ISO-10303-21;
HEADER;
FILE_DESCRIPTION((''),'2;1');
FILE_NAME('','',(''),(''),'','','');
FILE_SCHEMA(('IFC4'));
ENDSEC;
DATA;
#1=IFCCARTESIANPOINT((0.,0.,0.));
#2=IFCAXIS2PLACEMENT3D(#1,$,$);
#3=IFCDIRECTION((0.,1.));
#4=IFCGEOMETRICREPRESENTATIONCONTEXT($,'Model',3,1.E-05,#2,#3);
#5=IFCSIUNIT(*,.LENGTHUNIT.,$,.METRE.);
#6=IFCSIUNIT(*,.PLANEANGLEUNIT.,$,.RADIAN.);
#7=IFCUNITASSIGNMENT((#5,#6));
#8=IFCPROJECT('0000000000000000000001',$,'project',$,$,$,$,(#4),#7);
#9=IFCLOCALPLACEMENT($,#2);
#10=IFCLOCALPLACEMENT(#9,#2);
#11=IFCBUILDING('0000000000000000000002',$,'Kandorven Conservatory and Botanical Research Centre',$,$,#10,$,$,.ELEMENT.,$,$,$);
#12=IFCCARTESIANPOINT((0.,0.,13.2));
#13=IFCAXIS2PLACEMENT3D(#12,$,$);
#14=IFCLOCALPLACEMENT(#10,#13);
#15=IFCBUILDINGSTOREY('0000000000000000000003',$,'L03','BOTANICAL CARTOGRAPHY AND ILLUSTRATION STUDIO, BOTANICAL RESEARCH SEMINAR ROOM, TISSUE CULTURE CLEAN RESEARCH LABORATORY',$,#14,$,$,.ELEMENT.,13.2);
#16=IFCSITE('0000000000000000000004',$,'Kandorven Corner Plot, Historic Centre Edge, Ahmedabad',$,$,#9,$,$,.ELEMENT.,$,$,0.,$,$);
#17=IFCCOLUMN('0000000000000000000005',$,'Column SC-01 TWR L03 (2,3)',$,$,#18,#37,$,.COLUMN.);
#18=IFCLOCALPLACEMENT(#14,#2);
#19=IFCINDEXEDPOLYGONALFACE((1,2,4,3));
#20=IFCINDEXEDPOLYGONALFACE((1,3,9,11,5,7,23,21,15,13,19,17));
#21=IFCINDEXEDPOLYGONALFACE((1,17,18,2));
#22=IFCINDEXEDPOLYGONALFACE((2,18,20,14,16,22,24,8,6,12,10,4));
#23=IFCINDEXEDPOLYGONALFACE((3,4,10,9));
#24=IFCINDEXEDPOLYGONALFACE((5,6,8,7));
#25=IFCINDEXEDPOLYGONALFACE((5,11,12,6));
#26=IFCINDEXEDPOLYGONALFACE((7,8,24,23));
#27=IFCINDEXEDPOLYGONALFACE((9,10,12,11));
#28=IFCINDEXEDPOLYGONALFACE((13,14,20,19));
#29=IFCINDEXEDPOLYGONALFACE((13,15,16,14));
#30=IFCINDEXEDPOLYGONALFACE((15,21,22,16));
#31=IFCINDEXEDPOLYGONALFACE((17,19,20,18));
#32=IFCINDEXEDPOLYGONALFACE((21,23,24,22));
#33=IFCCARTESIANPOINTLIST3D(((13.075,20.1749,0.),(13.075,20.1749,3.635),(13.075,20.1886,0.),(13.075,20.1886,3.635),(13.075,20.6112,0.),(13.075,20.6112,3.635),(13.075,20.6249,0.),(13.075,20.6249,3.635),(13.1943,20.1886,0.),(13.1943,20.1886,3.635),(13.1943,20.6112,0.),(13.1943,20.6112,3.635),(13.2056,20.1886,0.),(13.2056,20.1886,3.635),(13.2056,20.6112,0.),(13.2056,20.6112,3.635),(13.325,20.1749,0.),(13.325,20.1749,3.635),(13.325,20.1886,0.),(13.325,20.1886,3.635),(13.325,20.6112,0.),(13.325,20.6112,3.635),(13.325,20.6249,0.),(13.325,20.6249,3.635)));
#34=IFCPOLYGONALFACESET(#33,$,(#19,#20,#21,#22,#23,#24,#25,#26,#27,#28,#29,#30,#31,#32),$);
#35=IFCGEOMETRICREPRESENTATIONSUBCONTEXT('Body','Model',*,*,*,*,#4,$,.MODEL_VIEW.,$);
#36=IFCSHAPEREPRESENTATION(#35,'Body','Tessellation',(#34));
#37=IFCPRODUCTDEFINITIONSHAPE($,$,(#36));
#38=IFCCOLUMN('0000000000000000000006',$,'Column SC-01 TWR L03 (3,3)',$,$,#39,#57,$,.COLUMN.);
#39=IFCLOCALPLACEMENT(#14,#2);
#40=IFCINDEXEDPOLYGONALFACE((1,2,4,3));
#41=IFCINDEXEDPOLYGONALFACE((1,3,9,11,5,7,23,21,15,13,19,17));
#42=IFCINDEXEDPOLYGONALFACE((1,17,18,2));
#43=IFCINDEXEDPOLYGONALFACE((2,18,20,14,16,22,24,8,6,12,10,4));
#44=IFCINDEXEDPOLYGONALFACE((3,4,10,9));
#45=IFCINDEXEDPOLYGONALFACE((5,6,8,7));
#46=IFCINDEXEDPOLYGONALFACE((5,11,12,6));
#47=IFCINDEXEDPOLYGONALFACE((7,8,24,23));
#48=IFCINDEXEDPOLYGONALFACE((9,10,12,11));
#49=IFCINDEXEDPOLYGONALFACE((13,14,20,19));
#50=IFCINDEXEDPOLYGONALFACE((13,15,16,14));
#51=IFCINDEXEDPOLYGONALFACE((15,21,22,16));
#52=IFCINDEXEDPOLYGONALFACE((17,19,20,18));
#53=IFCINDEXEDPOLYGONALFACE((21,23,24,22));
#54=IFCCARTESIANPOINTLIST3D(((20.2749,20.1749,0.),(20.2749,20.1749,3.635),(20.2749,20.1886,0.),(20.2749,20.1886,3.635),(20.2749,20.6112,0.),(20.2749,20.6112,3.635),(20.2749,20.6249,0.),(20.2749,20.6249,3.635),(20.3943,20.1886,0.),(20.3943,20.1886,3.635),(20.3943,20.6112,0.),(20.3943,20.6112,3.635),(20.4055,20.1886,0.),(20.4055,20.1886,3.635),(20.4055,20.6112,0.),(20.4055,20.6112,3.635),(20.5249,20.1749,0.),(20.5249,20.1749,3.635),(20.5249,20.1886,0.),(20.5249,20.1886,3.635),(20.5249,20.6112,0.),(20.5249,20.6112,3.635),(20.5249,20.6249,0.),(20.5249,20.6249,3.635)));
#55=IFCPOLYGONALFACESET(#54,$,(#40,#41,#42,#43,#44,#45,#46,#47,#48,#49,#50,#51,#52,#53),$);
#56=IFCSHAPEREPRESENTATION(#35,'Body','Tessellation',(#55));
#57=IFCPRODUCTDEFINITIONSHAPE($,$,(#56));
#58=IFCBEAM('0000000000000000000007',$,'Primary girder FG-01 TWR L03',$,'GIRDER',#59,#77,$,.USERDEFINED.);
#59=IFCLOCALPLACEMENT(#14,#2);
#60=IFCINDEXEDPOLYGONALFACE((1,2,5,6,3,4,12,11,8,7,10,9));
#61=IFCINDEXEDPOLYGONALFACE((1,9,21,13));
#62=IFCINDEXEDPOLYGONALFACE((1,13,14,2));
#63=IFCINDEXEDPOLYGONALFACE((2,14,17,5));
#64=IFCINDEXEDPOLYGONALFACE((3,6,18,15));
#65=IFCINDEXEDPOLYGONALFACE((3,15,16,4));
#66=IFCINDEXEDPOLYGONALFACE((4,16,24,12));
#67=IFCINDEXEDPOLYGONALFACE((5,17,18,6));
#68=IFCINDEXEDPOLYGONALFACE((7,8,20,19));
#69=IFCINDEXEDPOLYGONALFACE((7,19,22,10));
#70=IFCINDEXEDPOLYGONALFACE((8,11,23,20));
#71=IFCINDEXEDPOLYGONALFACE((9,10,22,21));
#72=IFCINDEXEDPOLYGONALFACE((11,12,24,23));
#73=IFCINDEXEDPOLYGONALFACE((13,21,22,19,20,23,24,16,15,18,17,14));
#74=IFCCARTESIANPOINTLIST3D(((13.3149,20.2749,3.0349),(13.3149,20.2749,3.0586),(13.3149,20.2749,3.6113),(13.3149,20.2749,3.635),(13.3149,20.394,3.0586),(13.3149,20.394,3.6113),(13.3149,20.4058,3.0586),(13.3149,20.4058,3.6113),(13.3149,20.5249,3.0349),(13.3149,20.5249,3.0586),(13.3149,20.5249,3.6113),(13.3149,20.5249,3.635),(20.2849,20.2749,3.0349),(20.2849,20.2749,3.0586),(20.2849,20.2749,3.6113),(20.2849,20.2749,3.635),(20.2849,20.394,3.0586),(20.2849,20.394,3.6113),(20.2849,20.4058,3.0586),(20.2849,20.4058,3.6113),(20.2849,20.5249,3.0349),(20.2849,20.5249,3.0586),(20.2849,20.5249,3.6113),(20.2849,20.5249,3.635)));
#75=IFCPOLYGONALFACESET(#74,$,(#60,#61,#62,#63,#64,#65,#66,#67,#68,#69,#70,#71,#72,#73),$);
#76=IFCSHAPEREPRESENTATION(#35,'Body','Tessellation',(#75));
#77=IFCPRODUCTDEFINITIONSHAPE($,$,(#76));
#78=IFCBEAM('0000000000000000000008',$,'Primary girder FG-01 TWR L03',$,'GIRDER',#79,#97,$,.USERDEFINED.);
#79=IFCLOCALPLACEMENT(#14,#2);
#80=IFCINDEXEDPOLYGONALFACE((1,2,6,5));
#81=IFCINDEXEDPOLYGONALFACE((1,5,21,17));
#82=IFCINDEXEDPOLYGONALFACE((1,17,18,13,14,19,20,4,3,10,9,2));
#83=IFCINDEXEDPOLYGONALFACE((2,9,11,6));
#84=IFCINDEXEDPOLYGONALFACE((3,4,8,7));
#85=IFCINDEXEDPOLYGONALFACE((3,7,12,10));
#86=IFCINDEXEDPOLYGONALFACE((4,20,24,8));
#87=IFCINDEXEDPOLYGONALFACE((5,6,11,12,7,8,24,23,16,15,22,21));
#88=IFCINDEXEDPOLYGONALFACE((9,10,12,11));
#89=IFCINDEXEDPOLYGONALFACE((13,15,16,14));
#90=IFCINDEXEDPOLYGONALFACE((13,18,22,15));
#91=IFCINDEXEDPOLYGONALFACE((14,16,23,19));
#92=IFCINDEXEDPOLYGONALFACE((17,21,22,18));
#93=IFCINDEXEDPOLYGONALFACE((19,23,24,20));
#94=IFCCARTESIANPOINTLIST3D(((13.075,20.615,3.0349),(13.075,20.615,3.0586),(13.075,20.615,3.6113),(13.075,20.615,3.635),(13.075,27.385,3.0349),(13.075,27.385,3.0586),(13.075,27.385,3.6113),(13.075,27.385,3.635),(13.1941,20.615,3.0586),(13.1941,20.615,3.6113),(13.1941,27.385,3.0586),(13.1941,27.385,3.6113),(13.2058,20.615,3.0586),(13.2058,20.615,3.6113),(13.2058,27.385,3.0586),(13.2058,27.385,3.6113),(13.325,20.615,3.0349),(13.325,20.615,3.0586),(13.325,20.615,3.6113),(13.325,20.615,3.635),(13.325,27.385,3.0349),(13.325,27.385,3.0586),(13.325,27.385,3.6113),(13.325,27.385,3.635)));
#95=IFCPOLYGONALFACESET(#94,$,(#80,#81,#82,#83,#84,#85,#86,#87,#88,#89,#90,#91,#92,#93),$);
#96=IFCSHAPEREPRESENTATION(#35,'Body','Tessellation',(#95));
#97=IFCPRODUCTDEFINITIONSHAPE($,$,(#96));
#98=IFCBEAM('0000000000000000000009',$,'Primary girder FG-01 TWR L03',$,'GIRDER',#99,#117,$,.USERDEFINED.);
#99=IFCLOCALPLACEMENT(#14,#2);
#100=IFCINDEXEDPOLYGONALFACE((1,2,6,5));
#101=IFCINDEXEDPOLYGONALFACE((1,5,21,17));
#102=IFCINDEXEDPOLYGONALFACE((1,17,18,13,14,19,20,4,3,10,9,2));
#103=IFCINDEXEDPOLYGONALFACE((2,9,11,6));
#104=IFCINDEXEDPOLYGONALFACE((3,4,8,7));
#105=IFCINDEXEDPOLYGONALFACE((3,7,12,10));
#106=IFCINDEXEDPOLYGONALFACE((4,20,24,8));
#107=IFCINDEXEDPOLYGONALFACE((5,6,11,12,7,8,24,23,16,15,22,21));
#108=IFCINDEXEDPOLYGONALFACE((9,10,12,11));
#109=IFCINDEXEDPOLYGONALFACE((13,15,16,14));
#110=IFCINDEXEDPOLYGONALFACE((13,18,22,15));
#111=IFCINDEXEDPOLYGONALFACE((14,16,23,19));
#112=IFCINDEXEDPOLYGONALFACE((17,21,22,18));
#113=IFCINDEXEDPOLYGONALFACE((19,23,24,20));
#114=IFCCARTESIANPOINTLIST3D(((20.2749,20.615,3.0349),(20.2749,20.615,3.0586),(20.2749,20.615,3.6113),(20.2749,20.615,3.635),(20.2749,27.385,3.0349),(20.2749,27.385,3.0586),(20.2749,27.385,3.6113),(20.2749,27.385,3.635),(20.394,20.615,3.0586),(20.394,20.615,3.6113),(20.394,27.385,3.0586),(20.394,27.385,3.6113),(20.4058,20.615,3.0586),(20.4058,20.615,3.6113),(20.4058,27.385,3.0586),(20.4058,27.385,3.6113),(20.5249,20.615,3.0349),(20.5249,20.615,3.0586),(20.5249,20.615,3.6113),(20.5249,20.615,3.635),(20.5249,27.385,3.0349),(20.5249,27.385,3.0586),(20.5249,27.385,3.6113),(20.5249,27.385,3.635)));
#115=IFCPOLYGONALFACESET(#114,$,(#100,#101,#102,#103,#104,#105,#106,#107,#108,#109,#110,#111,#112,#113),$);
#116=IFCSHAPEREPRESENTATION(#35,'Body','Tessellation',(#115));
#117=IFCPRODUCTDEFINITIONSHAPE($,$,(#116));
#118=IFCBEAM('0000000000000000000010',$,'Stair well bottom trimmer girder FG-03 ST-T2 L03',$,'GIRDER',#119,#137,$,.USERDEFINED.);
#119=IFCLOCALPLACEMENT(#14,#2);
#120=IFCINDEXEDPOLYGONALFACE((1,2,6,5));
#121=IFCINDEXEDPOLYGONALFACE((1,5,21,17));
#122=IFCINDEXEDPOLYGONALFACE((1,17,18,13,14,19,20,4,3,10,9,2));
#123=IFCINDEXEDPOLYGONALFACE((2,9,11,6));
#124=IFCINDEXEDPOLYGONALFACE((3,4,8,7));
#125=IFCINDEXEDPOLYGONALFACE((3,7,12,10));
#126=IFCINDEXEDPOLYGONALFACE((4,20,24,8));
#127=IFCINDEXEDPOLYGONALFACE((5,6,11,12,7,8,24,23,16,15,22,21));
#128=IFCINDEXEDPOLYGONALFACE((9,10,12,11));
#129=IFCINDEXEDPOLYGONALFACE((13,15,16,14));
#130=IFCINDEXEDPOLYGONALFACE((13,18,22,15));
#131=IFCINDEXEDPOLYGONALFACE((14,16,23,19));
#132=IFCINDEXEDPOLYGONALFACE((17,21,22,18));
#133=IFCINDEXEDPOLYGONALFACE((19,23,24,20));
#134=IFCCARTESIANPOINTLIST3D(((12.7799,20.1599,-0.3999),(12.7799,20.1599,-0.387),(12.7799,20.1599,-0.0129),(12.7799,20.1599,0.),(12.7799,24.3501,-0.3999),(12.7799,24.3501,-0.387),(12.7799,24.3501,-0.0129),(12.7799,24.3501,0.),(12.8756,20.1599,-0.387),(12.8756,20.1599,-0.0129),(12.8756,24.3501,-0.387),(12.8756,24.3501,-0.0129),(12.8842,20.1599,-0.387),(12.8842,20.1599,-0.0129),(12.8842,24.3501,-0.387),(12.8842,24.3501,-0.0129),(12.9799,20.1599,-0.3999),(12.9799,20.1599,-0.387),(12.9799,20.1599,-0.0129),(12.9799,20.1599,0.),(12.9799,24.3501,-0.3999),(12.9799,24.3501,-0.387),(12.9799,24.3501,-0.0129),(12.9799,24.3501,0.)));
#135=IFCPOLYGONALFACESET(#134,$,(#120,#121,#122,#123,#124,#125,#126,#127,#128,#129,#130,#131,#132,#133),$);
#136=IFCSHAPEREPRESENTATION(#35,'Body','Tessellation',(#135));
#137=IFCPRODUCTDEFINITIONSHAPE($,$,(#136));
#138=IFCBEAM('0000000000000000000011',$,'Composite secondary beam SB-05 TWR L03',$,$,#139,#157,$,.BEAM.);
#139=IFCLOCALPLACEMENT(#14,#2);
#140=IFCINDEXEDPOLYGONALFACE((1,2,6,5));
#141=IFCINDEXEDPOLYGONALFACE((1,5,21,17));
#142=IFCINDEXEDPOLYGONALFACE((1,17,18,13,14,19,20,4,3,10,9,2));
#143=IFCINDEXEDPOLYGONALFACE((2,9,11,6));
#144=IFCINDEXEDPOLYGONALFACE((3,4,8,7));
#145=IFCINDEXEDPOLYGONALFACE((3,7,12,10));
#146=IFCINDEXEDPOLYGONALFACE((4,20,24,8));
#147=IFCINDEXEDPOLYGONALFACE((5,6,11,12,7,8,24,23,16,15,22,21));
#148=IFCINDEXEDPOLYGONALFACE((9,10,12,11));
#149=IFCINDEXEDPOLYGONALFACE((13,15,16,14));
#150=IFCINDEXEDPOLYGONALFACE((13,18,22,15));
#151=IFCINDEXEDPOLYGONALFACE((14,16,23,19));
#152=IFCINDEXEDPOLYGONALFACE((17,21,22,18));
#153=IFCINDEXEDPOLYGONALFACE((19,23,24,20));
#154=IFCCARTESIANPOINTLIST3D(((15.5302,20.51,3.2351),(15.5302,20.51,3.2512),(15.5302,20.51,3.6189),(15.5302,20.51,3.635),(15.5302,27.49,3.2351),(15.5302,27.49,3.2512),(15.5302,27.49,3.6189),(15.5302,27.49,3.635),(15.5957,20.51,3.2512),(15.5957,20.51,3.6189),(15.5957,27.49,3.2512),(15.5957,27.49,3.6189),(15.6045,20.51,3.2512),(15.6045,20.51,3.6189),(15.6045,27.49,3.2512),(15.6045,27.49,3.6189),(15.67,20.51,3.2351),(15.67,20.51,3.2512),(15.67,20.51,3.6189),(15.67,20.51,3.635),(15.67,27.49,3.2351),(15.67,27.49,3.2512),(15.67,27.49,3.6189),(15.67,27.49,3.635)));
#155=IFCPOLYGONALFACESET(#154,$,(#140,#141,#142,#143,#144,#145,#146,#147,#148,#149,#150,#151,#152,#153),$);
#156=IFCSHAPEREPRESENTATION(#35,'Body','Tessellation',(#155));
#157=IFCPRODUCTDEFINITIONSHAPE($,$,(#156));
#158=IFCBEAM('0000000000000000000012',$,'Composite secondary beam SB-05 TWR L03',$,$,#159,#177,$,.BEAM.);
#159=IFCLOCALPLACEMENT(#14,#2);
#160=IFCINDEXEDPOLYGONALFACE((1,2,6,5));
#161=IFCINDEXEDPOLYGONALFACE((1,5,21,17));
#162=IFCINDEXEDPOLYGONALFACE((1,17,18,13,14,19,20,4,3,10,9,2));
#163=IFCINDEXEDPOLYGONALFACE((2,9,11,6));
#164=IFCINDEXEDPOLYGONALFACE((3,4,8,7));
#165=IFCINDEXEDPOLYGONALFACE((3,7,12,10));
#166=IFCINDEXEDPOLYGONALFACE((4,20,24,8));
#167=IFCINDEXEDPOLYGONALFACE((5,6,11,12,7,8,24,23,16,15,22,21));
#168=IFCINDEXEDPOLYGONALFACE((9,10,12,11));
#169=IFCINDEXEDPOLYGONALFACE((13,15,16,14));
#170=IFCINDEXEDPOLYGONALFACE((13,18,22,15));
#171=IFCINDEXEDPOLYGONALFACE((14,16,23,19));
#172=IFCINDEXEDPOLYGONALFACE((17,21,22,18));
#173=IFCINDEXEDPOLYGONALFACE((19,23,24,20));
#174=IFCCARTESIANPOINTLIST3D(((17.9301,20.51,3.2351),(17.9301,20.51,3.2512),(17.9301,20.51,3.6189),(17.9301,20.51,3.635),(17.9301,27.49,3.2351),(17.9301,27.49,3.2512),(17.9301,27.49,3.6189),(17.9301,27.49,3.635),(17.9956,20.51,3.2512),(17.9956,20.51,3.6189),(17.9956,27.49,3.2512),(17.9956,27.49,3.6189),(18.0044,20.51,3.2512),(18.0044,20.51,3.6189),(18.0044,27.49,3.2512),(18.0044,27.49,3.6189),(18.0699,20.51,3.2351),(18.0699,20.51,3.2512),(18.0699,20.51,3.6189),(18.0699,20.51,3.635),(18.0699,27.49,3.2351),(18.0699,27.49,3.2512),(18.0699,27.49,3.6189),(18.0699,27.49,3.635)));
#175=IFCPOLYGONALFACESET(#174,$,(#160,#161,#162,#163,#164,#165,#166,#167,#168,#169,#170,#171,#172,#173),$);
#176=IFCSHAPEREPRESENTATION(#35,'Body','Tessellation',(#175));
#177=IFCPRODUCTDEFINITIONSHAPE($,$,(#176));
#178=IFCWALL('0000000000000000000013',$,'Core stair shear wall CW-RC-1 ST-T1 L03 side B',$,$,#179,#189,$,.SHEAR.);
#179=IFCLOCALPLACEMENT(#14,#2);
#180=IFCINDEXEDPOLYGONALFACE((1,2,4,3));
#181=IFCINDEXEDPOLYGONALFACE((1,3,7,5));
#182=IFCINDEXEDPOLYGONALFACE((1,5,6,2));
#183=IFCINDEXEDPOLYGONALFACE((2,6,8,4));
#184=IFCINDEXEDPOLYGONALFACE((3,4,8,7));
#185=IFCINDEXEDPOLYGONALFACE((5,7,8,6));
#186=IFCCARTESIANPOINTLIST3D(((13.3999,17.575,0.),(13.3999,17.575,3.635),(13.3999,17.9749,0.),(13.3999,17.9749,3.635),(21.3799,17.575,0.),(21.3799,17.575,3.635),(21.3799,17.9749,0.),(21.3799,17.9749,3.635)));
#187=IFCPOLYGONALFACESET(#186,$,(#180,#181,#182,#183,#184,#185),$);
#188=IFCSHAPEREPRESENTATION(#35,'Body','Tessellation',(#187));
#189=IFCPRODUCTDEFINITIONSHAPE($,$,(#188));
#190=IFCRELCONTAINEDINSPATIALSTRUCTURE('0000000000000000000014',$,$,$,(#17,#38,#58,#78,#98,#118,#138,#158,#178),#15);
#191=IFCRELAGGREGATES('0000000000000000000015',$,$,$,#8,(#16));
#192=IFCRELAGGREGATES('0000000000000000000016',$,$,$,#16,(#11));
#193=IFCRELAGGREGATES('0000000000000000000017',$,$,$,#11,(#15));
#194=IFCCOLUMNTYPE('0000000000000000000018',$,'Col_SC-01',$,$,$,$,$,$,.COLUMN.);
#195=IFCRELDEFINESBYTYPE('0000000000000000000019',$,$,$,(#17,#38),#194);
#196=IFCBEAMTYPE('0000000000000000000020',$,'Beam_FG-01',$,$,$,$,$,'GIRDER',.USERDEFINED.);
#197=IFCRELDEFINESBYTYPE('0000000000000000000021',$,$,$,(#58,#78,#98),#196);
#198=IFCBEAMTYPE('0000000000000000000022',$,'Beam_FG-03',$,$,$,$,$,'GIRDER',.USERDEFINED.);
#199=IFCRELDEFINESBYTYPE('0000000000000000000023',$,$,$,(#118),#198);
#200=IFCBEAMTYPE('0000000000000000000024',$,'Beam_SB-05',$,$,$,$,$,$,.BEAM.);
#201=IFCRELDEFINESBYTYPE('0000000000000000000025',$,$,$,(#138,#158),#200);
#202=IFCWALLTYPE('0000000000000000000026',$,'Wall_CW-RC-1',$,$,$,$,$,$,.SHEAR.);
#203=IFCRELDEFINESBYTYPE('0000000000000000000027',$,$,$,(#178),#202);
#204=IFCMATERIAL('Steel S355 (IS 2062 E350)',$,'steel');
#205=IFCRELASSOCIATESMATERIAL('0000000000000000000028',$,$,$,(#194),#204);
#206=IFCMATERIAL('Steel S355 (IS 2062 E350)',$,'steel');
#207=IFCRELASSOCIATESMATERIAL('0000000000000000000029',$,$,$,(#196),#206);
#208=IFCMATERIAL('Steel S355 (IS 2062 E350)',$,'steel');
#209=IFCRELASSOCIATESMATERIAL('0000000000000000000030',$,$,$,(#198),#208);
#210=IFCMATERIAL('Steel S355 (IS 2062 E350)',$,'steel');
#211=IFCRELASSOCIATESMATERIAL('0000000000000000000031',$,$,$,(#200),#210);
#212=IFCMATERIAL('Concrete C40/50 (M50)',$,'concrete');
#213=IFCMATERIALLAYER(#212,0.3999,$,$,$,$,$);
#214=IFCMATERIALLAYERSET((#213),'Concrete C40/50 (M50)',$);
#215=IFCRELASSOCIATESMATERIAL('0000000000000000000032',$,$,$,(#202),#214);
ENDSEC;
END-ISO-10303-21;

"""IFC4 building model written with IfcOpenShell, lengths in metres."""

from ifc_helpers import new_model, si_unit, direction, frame, frame_2d, origin, origin_2d, place, context, subcontext, project, spatial, rectangle, i_section, extrude, material, layer, layer_set, material_profile, profile_set, type_object, element, save


model = new_model("IFC4")

# Units and contexts
model_context = context("Model", 3, precision=1e-05, world=origin(), true_north=direction((0.0, 1.0)))
body_context = subcontext(model_context, "Body", "Model", "MODEL_VIEW")
ifc_project = project(units=[si_unit("LENGTHUNIT", "METRE"), si_unit("PLANEANGLEUNIT", "RADIAN")], contexts=[model_context])

# Site, building, storey
site_placement = place(None, origin())
site = spatial("IfcSite", under=ifc_project, at=site_placement, Name="Kandorven Corner Plot, Historic Centre Edge, Ahmedabad", CompositionType="ELEMENT", RefElevation=0.0)
building_placement = place(site_placement, origin())
building = spatial("IfcBuilding", under=site, at=building_placement, Name="Kandorven Conservatory and Botanical Research Centre", CompositionType="ELEMENT")
storey_placement = place(building_placement, frame((0.0, 0.0, 13.2)))
storey = spatial("IfcBuildingStorey", under=building, at=storey_placement, Name="L03", Description="BOTANICAL CARTOGRAPHY AND ILLUSTRATION STUDIO, BOTANICAL RESEARCH SEMINAR ROOM, TISSUE CULTURE CLEAN RESEARCH LABORATORY", CompositionType="ELEMENT", Elevation=13.2)

# Columns
ifc_material_1 = material(Name="Steel S355 (IS 2062 E350)", Category="steel")
ifc_material_profile_1 = material_profile(ifc_material_1, i_section(OverallWidth=0.25, OverallDepth=0.45, WebThickness=0.0112, FlangeThickness=0.0137, at=origin_2d()))
ifc_profile_set_1 = profile_set([ifc_material_profile_1], Name="Steel S355 (IS 2062 E350)")
column_type = type_object("IfcColumnType", Name="Col_SC-01", PredefinedType="COLUMN", material=ifc_profile_set_1)
for number, where, z_axis, x_axis, name in (
    (1, (13.2, 20.3999, 0.0), (0.0, 0.0, 1.0), (1.0, 0.0, 0.0), "Column SC-01 TWR L03 (2,3)"),
    (2, (20.3999, 20.3999, 0.0), (0.0, 0.0, 1.0), (1.0, 0.0, 0.0), "Column SC-01 TWR L03 (3,3)"),
):
    element("IfcColumn", number, at=place(storey_placement, frame(where, z_axis=z_axis, x_axis=x_axis)), inside=storey, type_object=column_type, Name=name, PredefinedType="COLUMN", context=body_context, shape_type="SweptSolid", body=[
        extrude(i_section(OverallWidth=0.25, OverallDepth=0.45, WebThickness=0.0112, FlangeThickness=0.0137, at=origin_2d()), origin(), (0.0, 0.0, 1.0), 3.635),
    ])

# Beams
ifc_material_2 = material(Name="Steel S355 (IS 2062 E350)", Category="steel")
ifc_material_profile_2 = material_profile(ifc_material_2, i_section(OverallWidth=0.25, OverallDepth=0.6001, WebThickness=0.0117, FlangeThickness=0.0237, at=origin_2d()))
ifc_profile_set_2 = profile_set([ifc_material_profile_2], Name="Steel S355 (IS 2062 E350)")
beam_type_1 = type_object("IfcBeamType", Name="Beam_FG-01", ElementType="GIRDER", PredefinedType="USERDEFINED", material=ifc_profile_set_2)
beam_1_placement = place(storey_placement, frame((13.3149, 20.3999, 3.335), z_axis=(1.0, 0.0, 0.0), x_axis=(0.0, 1.0, 0.0)))
element("IfcBeam", 3, at=beam_1_placement, inside=storey, type_object=beam_type_1, Name="Primary girder FG-01 TWR L03", ObjectType="GIRDER", PredefinedType="USERDEFINED", context=body_context, shape_type="SweptSolid", body=[
    extrude(i_section(OverallWidth=0.25, OverallDepth=0.6001, WebThickness=0.0117, FlangeThickness=0.0237, at=origin_2d()), origin(), (0.0, 0.0, 1.0), 6.97),
])
for number, where, z_axis, x_axis, name in (
    (4, (13.2, 20.615, 3.335), (0.0, 1.0, 0.0), (-1.0, 0.0, 0.0), "Primary girder FG-01 TWR L03"),
    (5, (20.3999, 20.615, 3.335), (0.0, 1.0, 0.0), (-1.0, 0.0, 0.0), "Primary girder FG-01 TWR L03"),
):
    element("IfcBeam", number, at=place(storey_placement, frame(where, z_axis=z_axis, x_axis=x_axis)), inside=storey, type_object=beam_type_1, Name=name, ObjectType="GIRDER", PredefinedType="USERDEFINED", context=body_context, shape_type="SweptSolid", body=[
        extrude(i_section(OverallWidth=0.25, OverallDepth=0.6001, WebThickness=0.0117, FlangeThickness=0.0237, at=origin_2d()), origin(), (0.0, 0.0, 1.0), 6.77),
    ])
ifc_material_3 = material(Name="Steel S355 (IS 2062 E350)", Category="steel")
ifc_material_profile_3 = material_profile(ifc_material_3, i_section(OverallWidth=0.2, OverallDepth=0.3999, WebThickness=0.0085, FlangeThickness=0.0129, at=origin_2d()))
ifc_profile_set_3 = profile_set([ifc_material_profile_3], Name="Steel S355 (IS 2062 E350)")
beam_type_2 = type_object("IfcBeamType", Name="Beam_FG-03", ElementType="GIRDER", PredefinedType="USERDEFINED", material=ifc_profile_set_3)
beam_2_placement = place(storey_placement, frame((12.8799, 24.3501, -0.2), z_axis=(0.0, -1.0, 0.0), x_axis=(1.0, 0.0, 0.0)))
element("IfcBeam", 6, at=beam_2_placement, inside=storey, type_object=beam_type_2, Name="Stair well bottom trimmer girder FG-03 ST-T2 L03", ObjectType="GIRDER", PredefinedType="USERDEFINED", context=body_context, shape_type="SweptSolid", body=[
    extrude(i_section(OverallWidth=0.2, OverallDepth=0.3999, WebThickness=0.0085, FlangeThickness=0.0129, at=origin_2d()), origin(), (0.0, 0.0, 1.0), 4.1902),
])
ifc_material_4 = material(Name="Steel S355 (IS 2062 E350)", Category="steel")
ifc_material_profile_4 = material_profile(ifc_material_4, i_section(OverallWidth=0.1399, OverallDepth=0.3999, WebThickness=0.0088, FlangeThickness=0.0161, at=origin_2d()))
ifc_profile_set_4 = profile_set([ifc_material_profile_4], Name="Steel S355 (IS 2062 E350)")
beam_type_3 = type_object("IfcBeamType", Name="Beam_SB-05", PredefinedType="BEAM", material=ifc_profile_set_4)
for number, where, z_axis, x_axis, name in (
    (7, (15.6001, 20.51, 3.4351), (0.0, 1.0, 0.0), (-1.0, 0.0, 0.0), "Composite secondary beam SB-05 TWR L03"),
    (8, (18.0, 20.51, 3.4351), (0.0, 1.0, 0.0), (-1.0, 0.0, 0.0), "Composite secondary beam SB-05 TWR L03"),
):
    element("IfcBeam", number, at=place(storey_placement, frame(where, z_axis=z_axis, x_axis=x_axis)), inside=storey, type_object=beam_type_3, Name=name, PredefinedType="BEAM", context=body_context, shape_type="SweptSolid", body=[
        extrude(i_section(OverallWidth=0.1399, OverallDepth=0.3999, WebThickness=0.0088, FlangeThickness=0.0161, at=origin_2d()), origin(), (0.0, 0.0, 1.0), 6.98),
    ])

# Wall
ifc_material_5 = material(Name="Concrete C40/50 (M50)", Category="concrete")
ifc_layer_1 = layer(ifc_material_5, 0.3999)
ifc_layer_set_1 = layer_set([ifc_layer_1], Name="Concrete C40/50 (M50)")
wall_type_1 = type_object("IfcWallType", Name="Wall_CW-RC-1", PredefinedType="SHEAR", material=ifc_layer_set_1)
for number, where, z_axis, x_axis, name in (
    (9, (13.3999, 17.7749, 0.0), (0.0, 0.0, 1.0), (1.0, 0.0, 0.0), "Core stair shear wall CW-RC-1 ST-T1 L03 side B"),
):
    element("IfcWall", number, at=place(storey_placement, frame(where, z_axis=z_axis, x_axis=x_axis)), inside=storey, type_object=wall_type_1, Name=name, PredefinedType="SHEAR", context=body_context, shape_type="SweptSolid", body=[
        extrude(rectangle(XDim=7.98, YDim=0.3999, at=frame_2d((3.99, 0.0))), origin(), (0.0, 0.0, 1.0), 3.635),
    ])

save(model, "model.ifc")
